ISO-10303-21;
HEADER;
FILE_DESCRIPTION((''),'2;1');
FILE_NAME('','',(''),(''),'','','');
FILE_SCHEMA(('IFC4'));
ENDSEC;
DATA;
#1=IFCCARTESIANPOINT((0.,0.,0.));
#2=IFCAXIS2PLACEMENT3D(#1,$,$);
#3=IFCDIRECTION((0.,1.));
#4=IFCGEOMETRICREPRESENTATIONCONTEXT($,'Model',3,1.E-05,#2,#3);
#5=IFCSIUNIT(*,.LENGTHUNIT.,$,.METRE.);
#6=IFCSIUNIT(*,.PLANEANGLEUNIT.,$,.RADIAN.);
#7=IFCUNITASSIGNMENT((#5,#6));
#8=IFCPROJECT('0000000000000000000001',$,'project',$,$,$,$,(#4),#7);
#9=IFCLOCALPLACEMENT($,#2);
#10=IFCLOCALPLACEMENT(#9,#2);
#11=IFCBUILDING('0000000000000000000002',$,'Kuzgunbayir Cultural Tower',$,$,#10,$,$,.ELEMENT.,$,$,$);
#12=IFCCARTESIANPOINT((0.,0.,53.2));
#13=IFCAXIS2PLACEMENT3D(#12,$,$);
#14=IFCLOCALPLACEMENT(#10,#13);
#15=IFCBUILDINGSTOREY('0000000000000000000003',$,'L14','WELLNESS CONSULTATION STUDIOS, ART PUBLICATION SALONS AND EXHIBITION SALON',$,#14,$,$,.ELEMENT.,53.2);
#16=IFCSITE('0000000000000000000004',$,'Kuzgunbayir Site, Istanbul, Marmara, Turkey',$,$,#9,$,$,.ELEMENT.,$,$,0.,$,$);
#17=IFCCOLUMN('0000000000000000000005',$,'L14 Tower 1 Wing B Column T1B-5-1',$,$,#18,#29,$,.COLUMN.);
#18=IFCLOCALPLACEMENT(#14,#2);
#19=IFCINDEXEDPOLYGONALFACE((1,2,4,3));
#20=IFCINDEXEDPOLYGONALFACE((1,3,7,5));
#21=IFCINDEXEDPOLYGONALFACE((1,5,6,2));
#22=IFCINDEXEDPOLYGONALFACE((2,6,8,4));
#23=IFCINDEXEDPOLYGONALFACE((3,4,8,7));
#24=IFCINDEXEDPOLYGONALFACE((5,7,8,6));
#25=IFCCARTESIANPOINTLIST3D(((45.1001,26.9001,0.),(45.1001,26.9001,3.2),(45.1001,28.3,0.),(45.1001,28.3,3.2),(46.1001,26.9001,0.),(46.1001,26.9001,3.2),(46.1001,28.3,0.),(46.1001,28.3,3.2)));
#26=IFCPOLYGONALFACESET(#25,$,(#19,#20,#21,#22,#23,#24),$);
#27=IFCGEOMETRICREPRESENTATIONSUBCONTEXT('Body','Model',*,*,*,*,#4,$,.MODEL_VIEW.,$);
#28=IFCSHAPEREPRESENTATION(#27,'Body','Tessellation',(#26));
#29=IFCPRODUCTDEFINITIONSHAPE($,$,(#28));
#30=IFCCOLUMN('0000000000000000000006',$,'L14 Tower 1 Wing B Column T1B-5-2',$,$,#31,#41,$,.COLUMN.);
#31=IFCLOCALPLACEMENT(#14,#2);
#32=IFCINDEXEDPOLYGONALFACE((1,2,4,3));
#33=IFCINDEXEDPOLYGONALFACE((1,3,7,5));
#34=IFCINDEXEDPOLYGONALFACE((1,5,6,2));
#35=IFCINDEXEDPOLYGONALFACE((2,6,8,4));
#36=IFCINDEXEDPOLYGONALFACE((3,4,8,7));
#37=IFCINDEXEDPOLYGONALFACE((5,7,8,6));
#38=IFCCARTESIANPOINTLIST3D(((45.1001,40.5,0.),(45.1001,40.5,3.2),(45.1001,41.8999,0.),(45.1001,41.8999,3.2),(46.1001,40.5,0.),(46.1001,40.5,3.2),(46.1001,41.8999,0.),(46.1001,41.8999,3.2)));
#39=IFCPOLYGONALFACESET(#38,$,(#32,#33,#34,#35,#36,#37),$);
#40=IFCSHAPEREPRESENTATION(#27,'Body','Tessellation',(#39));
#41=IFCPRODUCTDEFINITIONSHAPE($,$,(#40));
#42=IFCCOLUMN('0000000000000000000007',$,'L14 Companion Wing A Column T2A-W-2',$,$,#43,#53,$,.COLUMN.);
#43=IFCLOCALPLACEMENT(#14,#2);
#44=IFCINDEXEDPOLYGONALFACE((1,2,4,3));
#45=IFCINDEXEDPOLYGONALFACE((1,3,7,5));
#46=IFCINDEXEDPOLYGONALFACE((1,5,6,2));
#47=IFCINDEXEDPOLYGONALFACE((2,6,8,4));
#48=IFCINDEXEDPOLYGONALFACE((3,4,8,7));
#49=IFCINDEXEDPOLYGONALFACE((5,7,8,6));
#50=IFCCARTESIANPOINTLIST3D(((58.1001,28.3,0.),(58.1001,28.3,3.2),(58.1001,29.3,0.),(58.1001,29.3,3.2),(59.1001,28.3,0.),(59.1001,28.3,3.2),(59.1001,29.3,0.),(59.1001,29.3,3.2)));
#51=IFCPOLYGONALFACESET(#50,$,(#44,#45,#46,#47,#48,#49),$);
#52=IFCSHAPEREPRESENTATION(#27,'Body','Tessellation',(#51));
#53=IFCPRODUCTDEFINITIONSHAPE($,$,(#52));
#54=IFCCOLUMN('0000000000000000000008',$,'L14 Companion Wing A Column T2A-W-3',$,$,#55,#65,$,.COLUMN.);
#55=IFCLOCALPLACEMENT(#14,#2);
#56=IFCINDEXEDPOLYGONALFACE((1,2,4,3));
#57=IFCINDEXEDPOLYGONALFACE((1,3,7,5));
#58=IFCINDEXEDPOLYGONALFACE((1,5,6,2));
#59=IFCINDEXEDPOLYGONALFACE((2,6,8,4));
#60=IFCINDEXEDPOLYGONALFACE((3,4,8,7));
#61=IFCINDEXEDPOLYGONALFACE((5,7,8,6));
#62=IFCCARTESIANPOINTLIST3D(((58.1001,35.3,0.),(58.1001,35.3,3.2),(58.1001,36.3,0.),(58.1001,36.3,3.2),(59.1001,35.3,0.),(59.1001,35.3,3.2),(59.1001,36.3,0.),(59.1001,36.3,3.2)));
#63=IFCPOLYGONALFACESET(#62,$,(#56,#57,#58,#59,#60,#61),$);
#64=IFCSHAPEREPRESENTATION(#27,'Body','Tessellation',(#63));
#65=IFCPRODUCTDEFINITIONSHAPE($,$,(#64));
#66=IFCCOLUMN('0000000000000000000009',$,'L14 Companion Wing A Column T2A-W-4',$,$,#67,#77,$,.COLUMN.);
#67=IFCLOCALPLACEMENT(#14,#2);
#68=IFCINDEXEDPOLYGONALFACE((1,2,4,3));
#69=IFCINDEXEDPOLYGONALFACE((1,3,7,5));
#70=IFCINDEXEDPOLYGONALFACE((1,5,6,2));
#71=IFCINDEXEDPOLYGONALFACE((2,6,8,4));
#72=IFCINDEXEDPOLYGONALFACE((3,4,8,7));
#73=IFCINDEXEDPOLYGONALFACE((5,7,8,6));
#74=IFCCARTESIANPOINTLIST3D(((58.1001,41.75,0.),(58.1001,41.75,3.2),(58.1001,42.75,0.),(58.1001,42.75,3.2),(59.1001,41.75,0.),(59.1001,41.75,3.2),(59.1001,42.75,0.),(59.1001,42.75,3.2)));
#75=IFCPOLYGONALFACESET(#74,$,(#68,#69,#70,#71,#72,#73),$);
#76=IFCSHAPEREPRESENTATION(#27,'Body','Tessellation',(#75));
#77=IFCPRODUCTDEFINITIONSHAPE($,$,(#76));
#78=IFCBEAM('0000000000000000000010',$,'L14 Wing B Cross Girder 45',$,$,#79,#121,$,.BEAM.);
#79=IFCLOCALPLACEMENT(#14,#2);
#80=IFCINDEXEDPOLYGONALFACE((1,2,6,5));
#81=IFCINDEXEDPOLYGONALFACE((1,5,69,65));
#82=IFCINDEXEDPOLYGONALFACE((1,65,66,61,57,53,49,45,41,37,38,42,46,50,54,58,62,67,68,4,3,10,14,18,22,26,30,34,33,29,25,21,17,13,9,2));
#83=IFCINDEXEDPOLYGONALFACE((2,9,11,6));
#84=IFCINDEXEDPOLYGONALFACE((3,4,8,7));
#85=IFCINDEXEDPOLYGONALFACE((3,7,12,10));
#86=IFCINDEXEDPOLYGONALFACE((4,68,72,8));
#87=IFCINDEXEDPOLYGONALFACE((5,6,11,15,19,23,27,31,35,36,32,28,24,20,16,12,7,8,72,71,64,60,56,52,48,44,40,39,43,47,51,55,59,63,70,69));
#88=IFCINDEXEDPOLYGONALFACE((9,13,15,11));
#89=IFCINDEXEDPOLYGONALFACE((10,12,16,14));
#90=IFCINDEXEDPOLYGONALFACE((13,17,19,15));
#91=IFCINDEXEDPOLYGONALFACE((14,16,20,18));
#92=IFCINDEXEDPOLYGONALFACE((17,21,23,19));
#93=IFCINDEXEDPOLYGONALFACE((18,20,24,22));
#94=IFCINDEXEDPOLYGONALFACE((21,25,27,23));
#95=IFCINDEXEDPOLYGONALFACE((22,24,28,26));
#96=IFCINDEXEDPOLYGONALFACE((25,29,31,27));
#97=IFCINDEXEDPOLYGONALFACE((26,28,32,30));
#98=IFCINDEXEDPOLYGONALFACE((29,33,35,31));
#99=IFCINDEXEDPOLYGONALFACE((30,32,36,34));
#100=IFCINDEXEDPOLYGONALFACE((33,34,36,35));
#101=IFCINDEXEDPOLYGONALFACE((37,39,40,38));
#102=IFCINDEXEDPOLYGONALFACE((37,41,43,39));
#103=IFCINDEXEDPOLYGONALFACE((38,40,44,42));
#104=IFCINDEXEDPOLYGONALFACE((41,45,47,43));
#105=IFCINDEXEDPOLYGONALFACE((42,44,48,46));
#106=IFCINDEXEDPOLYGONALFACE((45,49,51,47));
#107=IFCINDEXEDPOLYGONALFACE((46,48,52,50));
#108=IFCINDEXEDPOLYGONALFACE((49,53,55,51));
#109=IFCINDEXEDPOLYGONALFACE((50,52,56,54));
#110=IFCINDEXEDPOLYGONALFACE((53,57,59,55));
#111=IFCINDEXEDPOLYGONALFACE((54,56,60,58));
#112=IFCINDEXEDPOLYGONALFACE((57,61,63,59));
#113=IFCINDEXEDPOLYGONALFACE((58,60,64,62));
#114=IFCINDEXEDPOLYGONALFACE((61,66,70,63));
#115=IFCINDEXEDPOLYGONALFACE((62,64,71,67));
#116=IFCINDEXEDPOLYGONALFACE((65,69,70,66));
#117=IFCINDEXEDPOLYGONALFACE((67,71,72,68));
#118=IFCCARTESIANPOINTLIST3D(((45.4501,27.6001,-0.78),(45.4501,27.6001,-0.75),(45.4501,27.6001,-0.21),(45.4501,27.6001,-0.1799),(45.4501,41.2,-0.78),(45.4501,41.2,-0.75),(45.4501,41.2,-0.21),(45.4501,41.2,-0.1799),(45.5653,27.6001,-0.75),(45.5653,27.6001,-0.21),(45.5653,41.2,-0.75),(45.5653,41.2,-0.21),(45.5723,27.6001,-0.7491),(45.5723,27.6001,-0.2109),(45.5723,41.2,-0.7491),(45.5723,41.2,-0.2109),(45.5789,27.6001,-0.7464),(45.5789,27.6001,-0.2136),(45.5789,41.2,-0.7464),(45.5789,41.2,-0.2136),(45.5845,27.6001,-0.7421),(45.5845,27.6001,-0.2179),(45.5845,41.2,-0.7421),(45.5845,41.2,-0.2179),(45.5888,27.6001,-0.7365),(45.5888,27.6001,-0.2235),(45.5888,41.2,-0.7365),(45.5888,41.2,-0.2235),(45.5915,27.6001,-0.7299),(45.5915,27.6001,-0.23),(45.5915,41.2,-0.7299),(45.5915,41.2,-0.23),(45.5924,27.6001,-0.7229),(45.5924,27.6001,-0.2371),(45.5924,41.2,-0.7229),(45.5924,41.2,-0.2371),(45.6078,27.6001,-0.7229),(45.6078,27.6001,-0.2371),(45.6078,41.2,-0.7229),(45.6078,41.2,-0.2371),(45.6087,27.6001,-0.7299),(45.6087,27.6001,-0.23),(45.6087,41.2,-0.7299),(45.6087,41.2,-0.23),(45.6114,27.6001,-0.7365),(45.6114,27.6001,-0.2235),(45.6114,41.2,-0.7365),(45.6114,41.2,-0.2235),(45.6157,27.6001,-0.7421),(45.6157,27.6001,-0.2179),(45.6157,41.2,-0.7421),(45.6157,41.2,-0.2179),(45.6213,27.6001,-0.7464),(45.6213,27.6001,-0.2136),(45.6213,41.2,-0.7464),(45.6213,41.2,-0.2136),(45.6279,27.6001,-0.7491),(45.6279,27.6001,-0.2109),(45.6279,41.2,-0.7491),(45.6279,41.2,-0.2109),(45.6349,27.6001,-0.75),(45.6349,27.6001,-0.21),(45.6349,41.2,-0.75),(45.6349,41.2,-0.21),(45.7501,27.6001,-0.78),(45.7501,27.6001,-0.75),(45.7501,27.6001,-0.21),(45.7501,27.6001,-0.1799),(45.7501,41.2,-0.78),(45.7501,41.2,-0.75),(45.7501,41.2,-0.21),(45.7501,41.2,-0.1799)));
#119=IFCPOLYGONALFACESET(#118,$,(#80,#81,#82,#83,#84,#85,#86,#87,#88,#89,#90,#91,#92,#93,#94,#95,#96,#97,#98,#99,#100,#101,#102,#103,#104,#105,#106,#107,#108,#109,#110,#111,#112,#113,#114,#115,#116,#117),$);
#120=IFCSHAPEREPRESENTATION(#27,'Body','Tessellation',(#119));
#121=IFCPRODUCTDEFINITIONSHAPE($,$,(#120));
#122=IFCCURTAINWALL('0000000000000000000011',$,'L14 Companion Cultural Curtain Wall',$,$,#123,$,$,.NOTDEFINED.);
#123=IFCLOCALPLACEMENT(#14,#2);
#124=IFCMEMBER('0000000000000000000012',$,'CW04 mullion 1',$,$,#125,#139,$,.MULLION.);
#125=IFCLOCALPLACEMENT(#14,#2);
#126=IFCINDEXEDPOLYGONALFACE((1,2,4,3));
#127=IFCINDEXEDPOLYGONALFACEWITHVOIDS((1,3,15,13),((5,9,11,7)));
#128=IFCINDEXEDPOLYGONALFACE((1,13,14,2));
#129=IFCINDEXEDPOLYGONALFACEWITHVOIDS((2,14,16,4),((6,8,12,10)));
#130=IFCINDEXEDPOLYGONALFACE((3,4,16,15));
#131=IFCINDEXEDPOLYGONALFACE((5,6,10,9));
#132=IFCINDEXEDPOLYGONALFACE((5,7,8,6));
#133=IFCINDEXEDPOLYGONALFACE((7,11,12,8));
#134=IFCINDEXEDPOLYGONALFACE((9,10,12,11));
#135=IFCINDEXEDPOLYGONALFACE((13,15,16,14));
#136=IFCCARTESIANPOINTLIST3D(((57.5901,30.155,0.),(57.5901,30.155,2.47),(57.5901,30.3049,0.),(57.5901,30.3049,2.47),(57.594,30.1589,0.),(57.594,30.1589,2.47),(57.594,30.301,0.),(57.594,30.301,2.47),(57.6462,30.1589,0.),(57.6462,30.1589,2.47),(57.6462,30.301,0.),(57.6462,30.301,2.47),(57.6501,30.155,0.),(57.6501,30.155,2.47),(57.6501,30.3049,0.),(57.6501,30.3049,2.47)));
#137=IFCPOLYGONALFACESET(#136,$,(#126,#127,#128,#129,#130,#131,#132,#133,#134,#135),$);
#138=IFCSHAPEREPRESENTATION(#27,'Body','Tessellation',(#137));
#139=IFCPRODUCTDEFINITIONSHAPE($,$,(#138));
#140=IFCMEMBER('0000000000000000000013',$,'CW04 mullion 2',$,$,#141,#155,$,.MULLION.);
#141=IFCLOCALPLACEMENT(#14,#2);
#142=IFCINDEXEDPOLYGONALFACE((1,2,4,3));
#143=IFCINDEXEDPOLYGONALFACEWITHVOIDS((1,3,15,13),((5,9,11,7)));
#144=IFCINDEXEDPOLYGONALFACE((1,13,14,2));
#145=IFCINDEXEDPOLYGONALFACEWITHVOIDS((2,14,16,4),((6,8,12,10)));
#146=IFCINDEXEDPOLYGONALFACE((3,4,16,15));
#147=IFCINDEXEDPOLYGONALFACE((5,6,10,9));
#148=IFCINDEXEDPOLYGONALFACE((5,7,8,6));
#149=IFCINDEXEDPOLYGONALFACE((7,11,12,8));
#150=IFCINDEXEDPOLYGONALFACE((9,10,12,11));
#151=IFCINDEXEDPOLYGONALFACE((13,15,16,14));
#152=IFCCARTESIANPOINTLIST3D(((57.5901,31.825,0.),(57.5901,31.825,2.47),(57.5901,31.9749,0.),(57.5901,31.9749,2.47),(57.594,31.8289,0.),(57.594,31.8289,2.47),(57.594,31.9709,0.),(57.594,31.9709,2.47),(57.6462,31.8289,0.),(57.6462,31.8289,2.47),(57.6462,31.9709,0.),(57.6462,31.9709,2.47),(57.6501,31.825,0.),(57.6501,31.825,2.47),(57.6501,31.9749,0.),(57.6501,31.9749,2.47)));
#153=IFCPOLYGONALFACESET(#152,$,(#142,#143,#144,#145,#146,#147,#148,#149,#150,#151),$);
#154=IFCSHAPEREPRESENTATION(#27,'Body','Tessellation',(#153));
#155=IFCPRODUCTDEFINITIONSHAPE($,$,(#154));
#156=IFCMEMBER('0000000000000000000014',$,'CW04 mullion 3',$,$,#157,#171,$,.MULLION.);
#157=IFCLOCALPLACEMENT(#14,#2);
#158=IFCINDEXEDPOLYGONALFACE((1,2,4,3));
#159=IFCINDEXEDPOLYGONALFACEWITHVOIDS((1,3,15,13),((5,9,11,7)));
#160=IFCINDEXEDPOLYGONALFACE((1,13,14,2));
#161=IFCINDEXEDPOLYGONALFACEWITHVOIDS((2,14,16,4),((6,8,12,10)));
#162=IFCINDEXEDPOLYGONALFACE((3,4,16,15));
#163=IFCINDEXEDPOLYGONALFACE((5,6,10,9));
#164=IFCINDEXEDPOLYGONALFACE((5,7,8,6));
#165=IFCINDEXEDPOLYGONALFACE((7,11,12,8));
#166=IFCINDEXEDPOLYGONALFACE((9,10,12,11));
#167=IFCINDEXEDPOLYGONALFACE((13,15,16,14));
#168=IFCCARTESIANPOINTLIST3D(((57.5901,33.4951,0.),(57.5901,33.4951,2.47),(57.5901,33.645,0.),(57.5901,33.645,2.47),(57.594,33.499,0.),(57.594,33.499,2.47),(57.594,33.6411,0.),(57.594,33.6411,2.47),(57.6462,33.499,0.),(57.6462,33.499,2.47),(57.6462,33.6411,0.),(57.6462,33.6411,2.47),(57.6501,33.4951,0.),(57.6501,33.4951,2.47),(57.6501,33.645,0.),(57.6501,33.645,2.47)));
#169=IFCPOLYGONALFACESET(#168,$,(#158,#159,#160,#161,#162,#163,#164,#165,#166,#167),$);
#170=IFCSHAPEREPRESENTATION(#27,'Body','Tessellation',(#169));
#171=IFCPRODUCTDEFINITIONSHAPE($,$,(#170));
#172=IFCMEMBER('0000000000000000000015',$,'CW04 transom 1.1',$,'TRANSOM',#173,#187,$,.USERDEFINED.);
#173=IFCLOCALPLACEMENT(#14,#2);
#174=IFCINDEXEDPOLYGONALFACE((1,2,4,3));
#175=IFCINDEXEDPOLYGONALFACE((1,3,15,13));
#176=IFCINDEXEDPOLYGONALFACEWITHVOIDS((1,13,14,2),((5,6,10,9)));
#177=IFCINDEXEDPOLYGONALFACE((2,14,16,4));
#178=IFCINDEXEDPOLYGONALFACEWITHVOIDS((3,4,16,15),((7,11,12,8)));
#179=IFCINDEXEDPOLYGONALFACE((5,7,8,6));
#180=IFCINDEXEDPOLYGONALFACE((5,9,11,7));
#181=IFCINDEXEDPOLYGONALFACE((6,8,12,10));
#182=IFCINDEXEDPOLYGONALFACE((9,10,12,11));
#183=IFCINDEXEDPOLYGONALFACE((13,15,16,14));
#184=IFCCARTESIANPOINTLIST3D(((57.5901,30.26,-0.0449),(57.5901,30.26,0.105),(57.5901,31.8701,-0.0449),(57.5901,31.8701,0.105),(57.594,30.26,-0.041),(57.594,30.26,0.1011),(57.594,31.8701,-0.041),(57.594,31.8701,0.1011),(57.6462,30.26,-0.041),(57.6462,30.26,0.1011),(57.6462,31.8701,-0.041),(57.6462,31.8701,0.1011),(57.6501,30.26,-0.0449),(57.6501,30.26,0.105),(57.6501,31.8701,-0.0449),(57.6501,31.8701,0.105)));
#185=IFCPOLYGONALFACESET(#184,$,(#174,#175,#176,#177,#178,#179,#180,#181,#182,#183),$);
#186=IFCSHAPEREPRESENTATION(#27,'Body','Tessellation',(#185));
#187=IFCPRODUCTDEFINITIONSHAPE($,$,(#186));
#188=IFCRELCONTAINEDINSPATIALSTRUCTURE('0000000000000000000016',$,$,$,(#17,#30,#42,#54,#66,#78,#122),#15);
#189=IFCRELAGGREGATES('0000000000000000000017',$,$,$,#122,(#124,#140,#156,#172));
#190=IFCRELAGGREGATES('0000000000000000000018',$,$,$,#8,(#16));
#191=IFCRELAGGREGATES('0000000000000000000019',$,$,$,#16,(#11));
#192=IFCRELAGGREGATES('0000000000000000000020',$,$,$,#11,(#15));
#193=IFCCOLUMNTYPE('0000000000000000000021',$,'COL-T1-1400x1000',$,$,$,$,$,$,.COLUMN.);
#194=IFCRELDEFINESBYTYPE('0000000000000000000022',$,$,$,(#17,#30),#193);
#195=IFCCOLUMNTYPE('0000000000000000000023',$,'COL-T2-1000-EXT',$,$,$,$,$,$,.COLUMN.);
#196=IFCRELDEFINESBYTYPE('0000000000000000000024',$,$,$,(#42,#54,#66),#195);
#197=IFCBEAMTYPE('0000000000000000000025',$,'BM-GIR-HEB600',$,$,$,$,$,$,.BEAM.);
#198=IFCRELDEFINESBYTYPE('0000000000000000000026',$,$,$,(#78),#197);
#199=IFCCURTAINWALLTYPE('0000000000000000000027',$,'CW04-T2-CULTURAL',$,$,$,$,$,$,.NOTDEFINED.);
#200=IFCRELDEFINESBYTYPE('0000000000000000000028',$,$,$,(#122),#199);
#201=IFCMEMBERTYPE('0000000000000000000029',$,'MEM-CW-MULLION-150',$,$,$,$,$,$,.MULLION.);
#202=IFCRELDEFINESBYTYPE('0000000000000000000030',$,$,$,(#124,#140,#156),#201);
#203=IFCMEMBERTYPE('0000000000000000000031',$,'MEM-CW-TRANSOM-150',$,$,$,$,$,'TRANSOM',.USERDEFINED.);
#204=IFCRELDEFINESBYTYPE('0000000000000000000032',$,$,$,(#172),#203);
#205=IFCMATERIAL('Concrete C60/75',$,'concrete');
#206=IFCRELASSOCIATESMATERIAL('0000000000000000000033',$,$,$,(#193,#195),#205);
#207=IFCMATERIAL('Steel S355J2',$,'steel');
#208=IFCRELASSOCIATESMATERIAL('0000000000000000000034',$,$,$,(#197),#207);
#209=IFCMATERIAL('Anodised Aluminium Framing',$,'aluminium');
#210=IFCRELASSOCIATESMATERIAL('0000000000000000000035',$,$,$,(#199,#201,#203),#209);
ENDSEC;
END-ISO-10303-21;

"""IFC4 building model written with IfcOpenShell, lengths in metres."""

from ifc_helpers import new_model, si_unit, direction, frame, origin, origin_2d, place, context, subcontext, project, spatial, rectangle, hollow_rectangle, i_section, extrude, material, material_profile, profile_set, type_object, element, aggregate, save


model = new_model("IFC4")

# Units and contexts
model_context = context("Model", 3, precision=1e-05, world=origin(), true_north=direction((0.0, 1.0)))
body_context = subcontext(model_context, "Body", "Model", "MODEL_VIEW")
ifc_project = project(units=[si_unit("LENGTHUNIT", "METRE"), si_unit("PLANEANGLEUNIT", "RADIAN")], contexts=[model_context])

# Site, building, storey
site_placement = place(None, origin())
site = spatial("IfcSite", under=ifc_project, at=site_placement, Name="Kuzgunbayir Site, Istanbul, Marmara, Turkey", CompositionType="ELEMENT", RefElevation=0.0)
building_placement = place(site_placement, origin())
building = spatial("IfcBuilding", under=site, at=building_placement, Name="Kuzgunbayir Cultural Tower", CompositionType="ELEMENT")
storey_placement = place(building_placement, frame((0.0, 0.0, 53.2)))
storey = spatial("IfcBuildingStorey", under=building, at=storey_placement, Name="L14", Description="WELLNESS CONSULTATION STUDIOS, ART PUBLICATION SALONS AND EXHIBITION SALON", CompositionType="ELEMENT", Elevation=53.2)

# Columns
ifc_material_1 = material(Name="Concrete C60/75", Category="concrete")
ifc_material_profile_1 = material_profile(ifc_material_1, rectangle(XDim=1.0, YDim=1.3999, at=origin_2d()), Name="RC 1400x1000")
ifc_profile_set_1 = profile_set([ifc_material_profile_1], Name="Concrete C60/75")
column_type_1 = type_object("IfcColumnType", Name="COL-T1-1400x1000", PredefinedType="COLUMN", material=ifc_profile_set_1)
for number, where, z_axis, x_axis, name in (
    (1, (45.6001, 27.6001, 0.0), (0.0, 0.0, 1.0), (1.0, 0.0, 0.0), "L14 Tower 1 Wing B Column T1B-5-1"),
    (2, (45.6001, 41.2, 0.0), (0.0, 0.0, 1.0), (1.0, 0.0, 0.0), "L14 Tower 1 Wing B Column T1B-5-2"),
):
    element("IfcColumn", number, at=place(storey_placement, frame(where, z_axis=z_axis, x_axis=x_axis)), inside=storey, type_object=column_type_1, Name=name, PredefinedType="COLUMN", context=body_context, shape_type="SweptSolid", body=[
        extrude(rectangle(XDim=1.0, YDim=1.3999, at=origin_2d()), origin(), (0.0, 0.0, 1.0), 3.2),
    ])
ifc_material_profile_2 = material_profile(ifc_material_1, rectangle(XDim=1.0, YDim=1.0, at=origin_2d()), Name="RC 1000x1000")
ifc_profile_set_2 = profile_set([ifc_material_profile_2], Name="Concrete C60/75")
column_type_2 = type_object("IfcColumnType", Name="COL-T2-1000-EXT", PredefinedType="COLUMN", material=ifc_profile_set_2)
for number, where, z_axis, x_axis, name in (
    (3, (58.6001, 28.8, 0.0), (0.0, 0.0, 1.0), (1.0, 0.0, 0.0), "L14 Companion Wing A Column T2A-W-2"),
    (4, (58.6001, 35.8, 0.0), (0.0, 0.0, 1.0), (1.0, 0.0, 0.0), "L14 Companion Wing A Column T2A-W-3"),
    (5, (58.6001, 42.25, 0.0), (0.0, 0.0, 1.0), (1.0, 0.0, 0.0), "L14 Companion Wing A Column T2A-W-4"),
):
    element("IfcColumn", number, at=place(storey_placement, frame(where, z_axis=z_axis, x_axis=x_axis)), inside=storey, type_object=column_type_2, Name=name, PredefinedType="COLUMN", context=body_context, shape_type="SweptSolid", body=[
        extrude(rectangle(XDim=1.0, YDim=1.0, at=origin_2d()), origin(), (0.0, 0.0, 1.0), 3.2),
    ])

# Beam
ifc_material_2 = material(Name="Steel S355J2", Category="steel")
ifc_material_profile_3 = material_profile(ifc_material_2, i_section(OverallWidth=0.3, OverallDepth=0.6001, WebThickness=0.0154, FlangeThickness=0.03, FilletRadius=0.0271, at=origin_2d()), Name="HEB 600")
ifc_profile_set_3 = profile_set([ifc_material_profile_3], Name="Steel S355J2")
beam_type = type_object("IfcBeamType", Name="BM-GIR-HEB600", PredefinedType="BEAM", material=ifc_profile_set_3)
beam_placement = place(storey_placement, frame((45.6001, 27.6001, -0.48), z_axis=(0.0, 1.0, 0.0), x_axis=(-1.0, 0.0, 0.0)))
element("IfcBeam", 6, at=beam_placement, inside=storey, type_object=beam_type, Name="L14 Wing B Cross Girder 45", PredefinedType="BEAM", context=body_context, shape_type="SweptSolid", body=[
    extrude(i_section(OverallWidth=0.3, OverallDepth=0.6001, WebThickness=0.0154, FlangeThickness=0.03, FilletRadius=0.0271, at=origin_2d()), origin(), (0.0, 0.0, 1.0), 13.5999),
])

# Curtain wall, members
ifc_material_3 = material(Name="Anodised Aluminium Framing", Category="aluminium")
curtain_wall_type = type_object("IfcCurtainWallType", Name="CW04-T2-CULTURAL", PredefinedType="NOTDEFINED", material=ifc_material_3)
curtain_wall_placement = place(storey_placement, origin())
curtain_wall = element("IfcCurtainWall", 7, at=curtain_wall_placement, inside=storey, type_object=curtain_wall_type, Name="L14 Companion Cultural Curtain Wall", PredefinedType="NOTDEFINED")
ifc_material_profile_4 = material_profile(ifc_material_3, hollow_rectangle(XDim=0.0601, YDim=0.1499, WallThickness=0.0039, at=origin_2d()), Name="RHS 150x60x4")
ifc_profile_set_4 = profile_set([ifc_material_profile_4], Name="Anodised Aluminium Framing")
member_type_1 = type_object("IfcMemberType", Name="MEM-CW-MULLION-150", PredefinedType="MULLION", material=ifc_profile_set_4)
member_1_placement = place(storey_placement, frame((57.6201, 30.23, 0.0), z_axis=(0.0, 0.0, 1.0), x_axis=(-1.0, 0.0, 0.0)))
member_1 = element("IfcMember", 8, at=member_1_placement, type_object=member_type_1, Name="CW04 mullion 1", PredefinedType="MULLION", context=body_context, shape_type="SweptSolid", body=[
    extrude(hollow_rectangle(XDim=0.0601, YDim=0.1499, WallThickness=0.0039, at=origin_2d()), origin(), (0.0, 0.0, 1.0), 2.47),
])
member_2_placement = place(storey_placement, frame((57.6201, 31.8999, 0.0), z_axis=(0.0, 0.0, 1.0), x_axis=(-1.0, 0.0, 0.0)))
member_2 = element("IfcMember", 9, at=member_2_placement, type_object=member_type_1, Name="CW04 mullion 2", PredefinedType="MULLION", context=body_context, shape_type="SweptSolid", body=[
    extrude(hollow_rectangle(XDim=0.0601, YDim=0.1499, WallThickness=0.0039, at=origin_2d()), origin(), (0.0, 0.0, 1.0), 2.47),
])
member_3_placement = place(storey_placement, frame((57.6201, 33.5701, 0.0), z_axis=(0.0, 0.0, 1.0), x_axis=(-1.0, 0.0, 0.0)))
member_3 = element("IfcMember", 10, at=member_3_placement, type_object=member_type_1, Name="CW04 mullion 3", PredefinedType="MULLION", context=body_context, shape_type="SweptSolid", body=[
    extrude(hollow_rectangle(XDim=0.0601, YDim=0.1499, WallThickness=0.0039, at=origin_2d()), origin(), (0.0, 0.0, 1.0), 2.47),
])
ifc_material_profile_5 = material_profile(ifc_material_3, hollow_rectangle(XDim=0.0601, YDim=0.1499, WallThickness=0.0039, at=origin_2d()), Name="RHS 150x60x4")
ifc_profile_set_5 = profile_set([ifc_material_profile_5], Name="Anodised Aluminium Framing")
member_type_2 = type_object("IfcMemberType", Name="MEM-CW-TRANSOM-150", ElementType="TRANSOM", PredefinedType="USERDEFINED", material=ifc_profile_set_5)
member_4_placement = place(storey_placement, frame((57.6201, 30.26, 0.03), z_axis=(0.0, 1.0, 0.0), x_axis=(-1.0, 0.0, 0.0)))
member_4 = element("IfcMember", 11, at=member_4_placement, type_object=member_type_2, Name="CW04 transom 1.1", ObjectType="TRANSOM", PredefinedType="USERDEFINED", context=body_context, shape_type="SweptSolid", body=[
    extrude(hollow_rectangle(XDim=0.0601, YDim=0.1499, WallThickness=0.0039, at=origin_2d()), origin(), (0.0, 0.0, 1.0), 1.6101),
])
aggregate(curtain_wall, [member_1, member_2, member_3, member_4])

save(model, "model.ifc")
